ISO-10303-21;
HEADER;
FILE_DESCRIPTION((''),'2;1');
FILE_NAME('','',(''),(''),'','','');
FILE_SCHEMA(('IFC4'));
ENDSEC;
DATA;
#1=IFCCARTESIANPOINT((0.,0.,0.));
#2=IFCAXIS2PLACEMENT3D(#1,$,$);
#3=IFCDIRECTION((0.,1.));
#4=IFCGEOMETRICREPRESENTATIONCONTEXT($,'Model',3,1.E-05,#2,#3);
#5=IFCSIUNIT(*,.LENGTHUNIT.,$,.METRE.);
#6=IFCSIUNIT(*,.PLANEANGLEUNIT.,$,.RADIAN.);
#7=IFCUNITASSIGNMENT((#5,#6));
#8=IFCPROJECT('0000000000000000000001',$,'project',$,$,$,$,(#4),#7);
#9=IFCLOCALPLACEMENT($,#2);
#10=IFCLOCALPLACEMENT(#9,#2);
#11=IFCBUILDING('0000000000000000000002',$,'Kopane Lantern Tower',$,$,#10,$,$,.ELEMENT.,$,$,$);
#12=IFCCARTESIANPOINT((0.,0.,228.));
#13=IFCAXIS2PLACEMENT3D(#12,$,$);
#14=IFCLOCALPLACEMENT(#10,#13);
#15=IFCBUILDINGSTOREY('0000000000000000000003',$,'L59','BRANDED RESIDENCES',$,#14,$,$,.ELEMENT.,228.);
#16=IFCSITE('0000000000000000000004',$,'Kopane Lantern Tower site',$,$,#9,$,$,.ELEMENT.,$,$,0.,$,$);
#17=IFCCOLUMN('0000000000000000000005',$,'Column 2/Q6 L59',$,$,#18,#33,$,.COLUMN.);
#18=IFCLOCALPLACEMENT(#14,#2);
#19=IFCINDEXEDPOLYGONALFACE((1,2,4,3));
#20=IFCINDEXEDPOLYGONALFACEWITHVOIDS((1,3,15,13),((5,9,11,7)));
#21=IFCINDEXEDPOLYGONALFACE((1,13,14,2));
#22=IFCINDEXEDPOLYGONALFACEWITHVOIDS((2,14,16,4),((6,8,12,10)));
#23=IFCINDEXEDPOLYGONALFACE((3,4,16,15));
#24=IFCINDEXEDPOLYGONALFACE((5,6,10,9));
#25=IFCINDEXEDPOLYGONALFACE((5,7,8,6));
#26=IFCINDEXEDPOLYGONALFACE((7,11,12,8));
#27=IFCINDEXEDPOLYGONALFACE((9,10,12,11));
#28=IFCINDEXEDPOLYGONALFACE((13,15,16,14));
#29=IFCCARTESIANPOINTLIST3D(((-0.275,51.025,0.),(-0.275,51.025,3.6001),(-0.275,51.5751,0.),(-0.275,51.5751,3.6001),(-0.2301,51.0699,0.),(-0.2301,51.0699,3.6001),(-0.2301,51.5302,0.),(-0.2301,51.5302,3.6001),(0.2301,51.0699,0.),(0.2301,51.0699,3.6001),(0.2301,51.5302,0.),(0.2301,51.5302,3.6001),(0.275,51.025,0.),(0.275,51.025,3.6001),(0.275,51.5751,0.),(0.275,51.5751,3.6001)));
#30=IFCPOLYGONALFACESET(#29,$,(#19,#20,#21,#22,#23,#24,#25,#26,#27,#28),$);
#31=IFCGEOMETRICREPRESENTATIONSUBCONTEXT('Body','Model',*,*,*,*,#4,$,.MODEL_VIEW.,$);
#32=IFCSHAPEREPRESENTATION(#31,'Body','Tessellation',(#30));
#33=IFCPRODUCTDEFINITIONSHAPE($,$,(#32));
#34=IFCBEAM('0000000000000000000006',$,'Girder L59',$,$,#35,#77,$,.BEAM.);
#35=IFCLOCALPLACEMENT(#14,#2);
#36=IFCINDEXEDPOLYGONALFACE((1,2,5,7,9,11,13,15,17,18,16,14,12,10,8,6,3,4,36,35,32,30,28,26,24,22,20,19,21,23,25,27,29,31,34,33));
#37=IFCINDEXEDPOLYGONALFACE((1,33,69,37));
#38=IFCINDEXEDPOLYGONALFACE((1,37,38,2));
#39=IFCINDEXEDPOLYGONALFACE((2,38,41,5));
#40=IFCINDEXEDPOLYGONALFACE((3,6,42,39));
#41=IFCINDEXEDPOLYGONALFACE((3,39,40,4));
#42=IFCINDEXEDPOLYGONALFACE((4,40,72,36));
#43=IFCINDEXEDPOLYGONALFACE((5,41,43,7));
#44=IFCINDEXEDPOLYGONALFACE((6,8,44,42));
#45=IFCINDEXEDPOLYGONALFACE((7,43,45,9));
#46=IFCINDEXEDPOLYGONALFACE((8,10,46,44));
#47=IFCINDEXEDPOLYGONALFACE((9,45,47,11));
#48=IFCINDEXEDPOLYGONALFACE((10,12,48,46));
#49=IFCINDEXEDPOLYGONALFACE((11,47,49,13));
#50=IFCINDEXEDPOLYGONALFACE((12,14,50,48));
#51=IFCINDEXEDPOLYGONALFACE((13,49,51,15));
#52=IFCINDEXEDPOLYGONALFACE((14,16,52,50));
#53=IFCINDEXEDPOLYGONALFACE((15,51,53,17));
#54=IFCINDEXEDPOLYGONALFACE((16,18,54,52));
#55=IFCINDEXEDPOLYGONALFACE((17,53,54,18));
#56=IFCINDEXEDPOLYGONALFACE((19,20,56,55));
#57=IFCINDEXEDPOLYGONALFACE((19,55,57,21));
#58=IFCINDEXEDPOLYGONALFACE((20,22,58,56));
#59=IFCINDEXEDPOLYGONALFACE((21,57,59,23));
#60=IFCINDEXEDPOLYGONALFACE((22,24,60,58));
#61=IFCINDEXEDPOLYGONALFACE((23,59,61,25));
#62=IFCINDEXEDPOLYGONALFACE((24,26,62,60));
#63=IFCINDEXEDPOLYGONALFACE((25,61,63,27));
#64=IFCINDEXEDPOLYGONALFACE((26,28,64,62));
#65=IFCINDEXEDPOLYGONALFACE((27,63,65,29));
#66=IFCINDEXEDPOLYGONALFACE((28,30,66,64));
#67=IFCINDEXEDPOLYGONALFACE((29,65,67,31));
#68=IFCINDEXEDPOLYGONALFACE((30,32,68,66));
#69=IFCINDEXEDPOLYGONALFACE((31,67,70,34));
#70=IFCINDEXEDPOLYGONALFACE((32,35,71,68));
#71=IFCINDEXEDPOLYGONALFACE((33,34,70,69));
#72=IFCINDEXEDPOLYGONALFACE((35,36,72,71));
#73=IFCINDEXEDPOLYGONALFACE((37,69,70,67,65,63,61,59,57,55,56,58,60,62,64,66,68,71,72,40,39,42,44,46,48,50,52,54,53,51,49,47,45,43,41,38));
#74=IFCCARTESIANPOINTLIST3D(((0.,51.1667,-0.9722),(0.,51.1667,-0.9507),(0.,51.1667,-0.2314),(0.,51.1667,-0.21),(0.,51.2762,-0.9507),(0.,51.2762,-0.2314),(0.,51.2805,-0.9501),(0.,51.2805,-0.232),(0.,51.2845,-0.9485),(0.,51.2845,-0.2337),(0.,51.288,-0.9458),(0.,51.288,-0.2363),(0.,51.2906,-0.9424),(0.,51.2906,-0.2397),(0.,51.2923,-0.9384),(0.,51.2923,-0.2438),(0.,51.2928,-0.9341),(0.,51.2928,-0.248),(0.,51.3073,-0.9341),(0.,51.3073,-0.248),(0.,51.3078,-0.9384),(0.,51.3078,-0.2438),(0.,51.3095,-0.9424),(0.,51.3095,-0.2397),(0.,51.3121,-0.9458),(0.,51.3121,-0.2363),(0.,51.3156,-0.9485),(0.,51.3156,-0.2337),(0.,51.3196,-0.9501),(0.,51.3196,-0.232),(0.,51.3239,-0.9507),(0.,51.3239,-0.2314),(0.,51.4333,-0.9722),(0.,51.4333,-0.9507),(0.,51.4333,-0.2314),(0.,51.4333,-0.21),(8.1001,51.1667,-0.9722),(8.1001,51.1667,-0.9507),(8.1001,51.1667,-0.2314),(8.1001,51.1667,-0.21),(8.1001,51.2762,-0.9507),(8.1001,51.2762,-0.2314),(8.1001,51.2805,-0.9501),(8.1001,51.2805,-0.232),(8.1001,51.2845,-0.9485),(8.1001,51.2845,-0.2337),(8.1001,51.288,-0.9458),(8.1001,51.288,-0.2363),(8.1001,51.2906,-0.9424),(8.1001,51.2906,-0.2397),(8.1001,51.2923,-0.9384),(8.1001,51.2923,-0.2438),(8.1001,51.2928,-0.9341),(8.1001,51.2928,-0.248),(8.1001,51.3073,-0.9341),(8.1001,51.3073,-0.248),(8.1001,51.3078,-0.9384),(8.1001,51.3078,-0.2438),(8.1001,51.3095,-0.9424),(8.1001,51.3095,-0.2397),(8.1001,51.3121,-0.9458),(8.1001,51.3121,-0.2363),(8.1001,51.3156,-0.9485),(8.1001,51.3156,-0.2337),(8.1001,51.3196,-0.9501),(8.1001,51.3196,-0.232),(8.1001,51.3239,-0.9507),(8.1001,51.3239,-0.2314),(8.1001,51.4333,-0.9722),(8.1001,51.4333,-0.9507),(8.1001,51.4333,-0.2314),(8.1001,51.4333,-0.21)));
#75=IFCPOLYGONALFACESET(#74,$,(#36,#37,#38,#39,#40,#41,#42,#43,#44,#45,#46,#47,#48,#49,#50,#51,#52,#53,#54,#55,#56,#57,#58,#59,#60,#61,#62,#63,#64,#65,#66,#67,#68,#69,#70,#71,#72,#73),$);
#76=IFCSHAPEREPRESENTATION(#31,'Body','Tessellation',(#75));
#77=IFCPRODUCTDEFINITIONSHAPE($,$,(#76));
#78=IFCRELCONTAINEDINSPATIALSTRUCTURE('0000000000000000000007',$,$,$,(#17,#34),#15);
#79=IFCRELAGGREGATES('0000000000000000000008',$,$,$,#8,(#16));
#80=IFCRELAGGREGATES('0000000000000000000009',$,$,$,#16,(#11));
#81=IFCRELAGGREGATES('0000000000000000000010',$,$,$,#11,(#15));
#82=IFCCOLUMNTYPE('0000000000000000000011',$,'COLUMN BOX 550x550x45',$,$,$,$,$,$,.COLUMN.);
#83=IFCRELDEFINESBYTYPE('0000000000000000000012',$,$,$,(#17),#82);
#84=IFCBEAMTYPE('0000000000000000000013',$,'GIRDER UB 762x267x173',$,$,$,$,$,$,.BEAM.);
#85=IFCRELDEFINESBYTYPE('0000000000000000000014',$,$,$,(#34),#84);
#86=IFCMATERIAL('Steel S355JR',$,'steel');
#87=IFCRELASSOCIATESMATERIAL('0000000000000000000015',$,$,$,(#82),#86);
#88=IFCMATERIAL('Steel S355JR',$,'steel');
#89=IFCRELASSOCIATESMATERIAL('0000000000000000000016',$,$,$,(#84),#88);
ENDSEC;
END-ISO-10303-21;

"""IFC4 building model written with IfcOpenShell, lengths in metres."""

from ifc_helpers import new_model, si_unit, direction, frame, origin, origin_2d, place, context, subcontext, project, spatial, hollow_rectangle, i_section, extrude, material, material_profile, profile_set, type_object, element, save


model = new_model("IFC4")

# Units and contexts
model_context = context("Model", 3, precision=1e-05, world=origin(), true_north=direction((0.0, 1.0)))
body_context = subcontext(model_context, "Body", "Model", "MODEL_VIEW")
ifc_project = project(units=[si_unit("LENGTHUNIT", "METRE"), si_unit("PLANEANGLEUNIT", "RADIAN")], contexts=[model_context])

# Site, building, storey
site_placement = place(None, origin())
site = spatial("IfcSite", under=ifc_project, at=site_placement, Name="Kopane Lantern Tower site", CompositionType="ELEMENT", RefElevation=0.0)
building_placement = place(site_placement, origin())
building = spatial("IfcBuilding", under=site, at=building_placement, Name="Kopane Lantern Tower", CompositionType="ELEMENT")
storey_placement = place(building_placement, frame((0.0, 0.0, 228.0)))
storey = spatial("IfcBuildingStorey", under=building, at=storey_placement, Name="L59", Description="BRANDED RESIDENCES", CompositionType="ELEMENT", Elevation=228.0)

# Column
ifc_material_1 = material(Name="Steel S355JR", Category="steel")
ifc_material_profile_1 = material_profile(ifc_material_1, hollow_rectangle(XDim=0.55, YDim=0.55, WallThickness=0.0449, at=origin_2d()), Name="BOX 550x550x45")
ifc_profile_set_1 = profile_set([ifc_material_profile_1], Name="Steel S355JR")
column_type = type_object("IfcColumnType", Name="COLUMN BOX 550x550x45", PredefinedType="COLUMN", material=ifc_profile_set_1)
column_placement = place(storey_placement, frame((0.0, 51.3, 0.0), z_axis=(0.0, 0.0, 1.0), x_axis=(1.0, 0.0, 0.0)))
element("IfcColumn", 1, at=column_placement, inside=storey, type_object=column_type, Name="Column 2/Q6 L59", PredefinedType="COLUMN", context=body_context, shape_type="SweptSolid", body=[
    extrude(hollow_rectangle(XDim=0.55, YDim=0.55, WallThickness=0.0449, at=origin_2d()), origin(), (0.0, 0.0, 1.0), 3.6001),
])

# Beam
ifc_material_2 = material(Name="Steel S355JR", Category="steel")
ifc_material_profile_2 = material_profile(ifc_material_2, i_section(OverallWidth=0.2666, OverallDepth=0.7622, WebThickness=0.0144, FlangeThickness=0.0215, FilletRadius=0.0166, at=origin_2d()), Name="UB 762x267x173")
ifc_profile_set_2 = profile_set([ifc_material_profile_2], Name="Steel S355JR")
beam_type = type_object("IfcBeamType", Name="GIRDER UB 762x267x173", PredefinedType="BEAM", material=ifc_profile_set_2)
beam_placement = place(storey_placement, frame((0.0, 51.3, -0.5911), z_axis=(1.0, 0.0, 0.0), x_axis=(0.0, 1.0, 0.0)))
element("IfcBeam", 2, at=beam_placement, inside=storey, type_object=beam_type, Name="Girder L59", PredefinedType="BEAM", context=body_context, shape_type="SweptSolid", body=[
    extrude(i_section(OverallWidth=0.2666, OverallDepth=0.7622, WebThickness=0.0144, FlangeThickness=0.0215, FilletRadius=0.0166, at=origin_2d()), origin(), (0.0, 0.0, 1.0), 8.1001),
])

save(model, "model.ifc")
